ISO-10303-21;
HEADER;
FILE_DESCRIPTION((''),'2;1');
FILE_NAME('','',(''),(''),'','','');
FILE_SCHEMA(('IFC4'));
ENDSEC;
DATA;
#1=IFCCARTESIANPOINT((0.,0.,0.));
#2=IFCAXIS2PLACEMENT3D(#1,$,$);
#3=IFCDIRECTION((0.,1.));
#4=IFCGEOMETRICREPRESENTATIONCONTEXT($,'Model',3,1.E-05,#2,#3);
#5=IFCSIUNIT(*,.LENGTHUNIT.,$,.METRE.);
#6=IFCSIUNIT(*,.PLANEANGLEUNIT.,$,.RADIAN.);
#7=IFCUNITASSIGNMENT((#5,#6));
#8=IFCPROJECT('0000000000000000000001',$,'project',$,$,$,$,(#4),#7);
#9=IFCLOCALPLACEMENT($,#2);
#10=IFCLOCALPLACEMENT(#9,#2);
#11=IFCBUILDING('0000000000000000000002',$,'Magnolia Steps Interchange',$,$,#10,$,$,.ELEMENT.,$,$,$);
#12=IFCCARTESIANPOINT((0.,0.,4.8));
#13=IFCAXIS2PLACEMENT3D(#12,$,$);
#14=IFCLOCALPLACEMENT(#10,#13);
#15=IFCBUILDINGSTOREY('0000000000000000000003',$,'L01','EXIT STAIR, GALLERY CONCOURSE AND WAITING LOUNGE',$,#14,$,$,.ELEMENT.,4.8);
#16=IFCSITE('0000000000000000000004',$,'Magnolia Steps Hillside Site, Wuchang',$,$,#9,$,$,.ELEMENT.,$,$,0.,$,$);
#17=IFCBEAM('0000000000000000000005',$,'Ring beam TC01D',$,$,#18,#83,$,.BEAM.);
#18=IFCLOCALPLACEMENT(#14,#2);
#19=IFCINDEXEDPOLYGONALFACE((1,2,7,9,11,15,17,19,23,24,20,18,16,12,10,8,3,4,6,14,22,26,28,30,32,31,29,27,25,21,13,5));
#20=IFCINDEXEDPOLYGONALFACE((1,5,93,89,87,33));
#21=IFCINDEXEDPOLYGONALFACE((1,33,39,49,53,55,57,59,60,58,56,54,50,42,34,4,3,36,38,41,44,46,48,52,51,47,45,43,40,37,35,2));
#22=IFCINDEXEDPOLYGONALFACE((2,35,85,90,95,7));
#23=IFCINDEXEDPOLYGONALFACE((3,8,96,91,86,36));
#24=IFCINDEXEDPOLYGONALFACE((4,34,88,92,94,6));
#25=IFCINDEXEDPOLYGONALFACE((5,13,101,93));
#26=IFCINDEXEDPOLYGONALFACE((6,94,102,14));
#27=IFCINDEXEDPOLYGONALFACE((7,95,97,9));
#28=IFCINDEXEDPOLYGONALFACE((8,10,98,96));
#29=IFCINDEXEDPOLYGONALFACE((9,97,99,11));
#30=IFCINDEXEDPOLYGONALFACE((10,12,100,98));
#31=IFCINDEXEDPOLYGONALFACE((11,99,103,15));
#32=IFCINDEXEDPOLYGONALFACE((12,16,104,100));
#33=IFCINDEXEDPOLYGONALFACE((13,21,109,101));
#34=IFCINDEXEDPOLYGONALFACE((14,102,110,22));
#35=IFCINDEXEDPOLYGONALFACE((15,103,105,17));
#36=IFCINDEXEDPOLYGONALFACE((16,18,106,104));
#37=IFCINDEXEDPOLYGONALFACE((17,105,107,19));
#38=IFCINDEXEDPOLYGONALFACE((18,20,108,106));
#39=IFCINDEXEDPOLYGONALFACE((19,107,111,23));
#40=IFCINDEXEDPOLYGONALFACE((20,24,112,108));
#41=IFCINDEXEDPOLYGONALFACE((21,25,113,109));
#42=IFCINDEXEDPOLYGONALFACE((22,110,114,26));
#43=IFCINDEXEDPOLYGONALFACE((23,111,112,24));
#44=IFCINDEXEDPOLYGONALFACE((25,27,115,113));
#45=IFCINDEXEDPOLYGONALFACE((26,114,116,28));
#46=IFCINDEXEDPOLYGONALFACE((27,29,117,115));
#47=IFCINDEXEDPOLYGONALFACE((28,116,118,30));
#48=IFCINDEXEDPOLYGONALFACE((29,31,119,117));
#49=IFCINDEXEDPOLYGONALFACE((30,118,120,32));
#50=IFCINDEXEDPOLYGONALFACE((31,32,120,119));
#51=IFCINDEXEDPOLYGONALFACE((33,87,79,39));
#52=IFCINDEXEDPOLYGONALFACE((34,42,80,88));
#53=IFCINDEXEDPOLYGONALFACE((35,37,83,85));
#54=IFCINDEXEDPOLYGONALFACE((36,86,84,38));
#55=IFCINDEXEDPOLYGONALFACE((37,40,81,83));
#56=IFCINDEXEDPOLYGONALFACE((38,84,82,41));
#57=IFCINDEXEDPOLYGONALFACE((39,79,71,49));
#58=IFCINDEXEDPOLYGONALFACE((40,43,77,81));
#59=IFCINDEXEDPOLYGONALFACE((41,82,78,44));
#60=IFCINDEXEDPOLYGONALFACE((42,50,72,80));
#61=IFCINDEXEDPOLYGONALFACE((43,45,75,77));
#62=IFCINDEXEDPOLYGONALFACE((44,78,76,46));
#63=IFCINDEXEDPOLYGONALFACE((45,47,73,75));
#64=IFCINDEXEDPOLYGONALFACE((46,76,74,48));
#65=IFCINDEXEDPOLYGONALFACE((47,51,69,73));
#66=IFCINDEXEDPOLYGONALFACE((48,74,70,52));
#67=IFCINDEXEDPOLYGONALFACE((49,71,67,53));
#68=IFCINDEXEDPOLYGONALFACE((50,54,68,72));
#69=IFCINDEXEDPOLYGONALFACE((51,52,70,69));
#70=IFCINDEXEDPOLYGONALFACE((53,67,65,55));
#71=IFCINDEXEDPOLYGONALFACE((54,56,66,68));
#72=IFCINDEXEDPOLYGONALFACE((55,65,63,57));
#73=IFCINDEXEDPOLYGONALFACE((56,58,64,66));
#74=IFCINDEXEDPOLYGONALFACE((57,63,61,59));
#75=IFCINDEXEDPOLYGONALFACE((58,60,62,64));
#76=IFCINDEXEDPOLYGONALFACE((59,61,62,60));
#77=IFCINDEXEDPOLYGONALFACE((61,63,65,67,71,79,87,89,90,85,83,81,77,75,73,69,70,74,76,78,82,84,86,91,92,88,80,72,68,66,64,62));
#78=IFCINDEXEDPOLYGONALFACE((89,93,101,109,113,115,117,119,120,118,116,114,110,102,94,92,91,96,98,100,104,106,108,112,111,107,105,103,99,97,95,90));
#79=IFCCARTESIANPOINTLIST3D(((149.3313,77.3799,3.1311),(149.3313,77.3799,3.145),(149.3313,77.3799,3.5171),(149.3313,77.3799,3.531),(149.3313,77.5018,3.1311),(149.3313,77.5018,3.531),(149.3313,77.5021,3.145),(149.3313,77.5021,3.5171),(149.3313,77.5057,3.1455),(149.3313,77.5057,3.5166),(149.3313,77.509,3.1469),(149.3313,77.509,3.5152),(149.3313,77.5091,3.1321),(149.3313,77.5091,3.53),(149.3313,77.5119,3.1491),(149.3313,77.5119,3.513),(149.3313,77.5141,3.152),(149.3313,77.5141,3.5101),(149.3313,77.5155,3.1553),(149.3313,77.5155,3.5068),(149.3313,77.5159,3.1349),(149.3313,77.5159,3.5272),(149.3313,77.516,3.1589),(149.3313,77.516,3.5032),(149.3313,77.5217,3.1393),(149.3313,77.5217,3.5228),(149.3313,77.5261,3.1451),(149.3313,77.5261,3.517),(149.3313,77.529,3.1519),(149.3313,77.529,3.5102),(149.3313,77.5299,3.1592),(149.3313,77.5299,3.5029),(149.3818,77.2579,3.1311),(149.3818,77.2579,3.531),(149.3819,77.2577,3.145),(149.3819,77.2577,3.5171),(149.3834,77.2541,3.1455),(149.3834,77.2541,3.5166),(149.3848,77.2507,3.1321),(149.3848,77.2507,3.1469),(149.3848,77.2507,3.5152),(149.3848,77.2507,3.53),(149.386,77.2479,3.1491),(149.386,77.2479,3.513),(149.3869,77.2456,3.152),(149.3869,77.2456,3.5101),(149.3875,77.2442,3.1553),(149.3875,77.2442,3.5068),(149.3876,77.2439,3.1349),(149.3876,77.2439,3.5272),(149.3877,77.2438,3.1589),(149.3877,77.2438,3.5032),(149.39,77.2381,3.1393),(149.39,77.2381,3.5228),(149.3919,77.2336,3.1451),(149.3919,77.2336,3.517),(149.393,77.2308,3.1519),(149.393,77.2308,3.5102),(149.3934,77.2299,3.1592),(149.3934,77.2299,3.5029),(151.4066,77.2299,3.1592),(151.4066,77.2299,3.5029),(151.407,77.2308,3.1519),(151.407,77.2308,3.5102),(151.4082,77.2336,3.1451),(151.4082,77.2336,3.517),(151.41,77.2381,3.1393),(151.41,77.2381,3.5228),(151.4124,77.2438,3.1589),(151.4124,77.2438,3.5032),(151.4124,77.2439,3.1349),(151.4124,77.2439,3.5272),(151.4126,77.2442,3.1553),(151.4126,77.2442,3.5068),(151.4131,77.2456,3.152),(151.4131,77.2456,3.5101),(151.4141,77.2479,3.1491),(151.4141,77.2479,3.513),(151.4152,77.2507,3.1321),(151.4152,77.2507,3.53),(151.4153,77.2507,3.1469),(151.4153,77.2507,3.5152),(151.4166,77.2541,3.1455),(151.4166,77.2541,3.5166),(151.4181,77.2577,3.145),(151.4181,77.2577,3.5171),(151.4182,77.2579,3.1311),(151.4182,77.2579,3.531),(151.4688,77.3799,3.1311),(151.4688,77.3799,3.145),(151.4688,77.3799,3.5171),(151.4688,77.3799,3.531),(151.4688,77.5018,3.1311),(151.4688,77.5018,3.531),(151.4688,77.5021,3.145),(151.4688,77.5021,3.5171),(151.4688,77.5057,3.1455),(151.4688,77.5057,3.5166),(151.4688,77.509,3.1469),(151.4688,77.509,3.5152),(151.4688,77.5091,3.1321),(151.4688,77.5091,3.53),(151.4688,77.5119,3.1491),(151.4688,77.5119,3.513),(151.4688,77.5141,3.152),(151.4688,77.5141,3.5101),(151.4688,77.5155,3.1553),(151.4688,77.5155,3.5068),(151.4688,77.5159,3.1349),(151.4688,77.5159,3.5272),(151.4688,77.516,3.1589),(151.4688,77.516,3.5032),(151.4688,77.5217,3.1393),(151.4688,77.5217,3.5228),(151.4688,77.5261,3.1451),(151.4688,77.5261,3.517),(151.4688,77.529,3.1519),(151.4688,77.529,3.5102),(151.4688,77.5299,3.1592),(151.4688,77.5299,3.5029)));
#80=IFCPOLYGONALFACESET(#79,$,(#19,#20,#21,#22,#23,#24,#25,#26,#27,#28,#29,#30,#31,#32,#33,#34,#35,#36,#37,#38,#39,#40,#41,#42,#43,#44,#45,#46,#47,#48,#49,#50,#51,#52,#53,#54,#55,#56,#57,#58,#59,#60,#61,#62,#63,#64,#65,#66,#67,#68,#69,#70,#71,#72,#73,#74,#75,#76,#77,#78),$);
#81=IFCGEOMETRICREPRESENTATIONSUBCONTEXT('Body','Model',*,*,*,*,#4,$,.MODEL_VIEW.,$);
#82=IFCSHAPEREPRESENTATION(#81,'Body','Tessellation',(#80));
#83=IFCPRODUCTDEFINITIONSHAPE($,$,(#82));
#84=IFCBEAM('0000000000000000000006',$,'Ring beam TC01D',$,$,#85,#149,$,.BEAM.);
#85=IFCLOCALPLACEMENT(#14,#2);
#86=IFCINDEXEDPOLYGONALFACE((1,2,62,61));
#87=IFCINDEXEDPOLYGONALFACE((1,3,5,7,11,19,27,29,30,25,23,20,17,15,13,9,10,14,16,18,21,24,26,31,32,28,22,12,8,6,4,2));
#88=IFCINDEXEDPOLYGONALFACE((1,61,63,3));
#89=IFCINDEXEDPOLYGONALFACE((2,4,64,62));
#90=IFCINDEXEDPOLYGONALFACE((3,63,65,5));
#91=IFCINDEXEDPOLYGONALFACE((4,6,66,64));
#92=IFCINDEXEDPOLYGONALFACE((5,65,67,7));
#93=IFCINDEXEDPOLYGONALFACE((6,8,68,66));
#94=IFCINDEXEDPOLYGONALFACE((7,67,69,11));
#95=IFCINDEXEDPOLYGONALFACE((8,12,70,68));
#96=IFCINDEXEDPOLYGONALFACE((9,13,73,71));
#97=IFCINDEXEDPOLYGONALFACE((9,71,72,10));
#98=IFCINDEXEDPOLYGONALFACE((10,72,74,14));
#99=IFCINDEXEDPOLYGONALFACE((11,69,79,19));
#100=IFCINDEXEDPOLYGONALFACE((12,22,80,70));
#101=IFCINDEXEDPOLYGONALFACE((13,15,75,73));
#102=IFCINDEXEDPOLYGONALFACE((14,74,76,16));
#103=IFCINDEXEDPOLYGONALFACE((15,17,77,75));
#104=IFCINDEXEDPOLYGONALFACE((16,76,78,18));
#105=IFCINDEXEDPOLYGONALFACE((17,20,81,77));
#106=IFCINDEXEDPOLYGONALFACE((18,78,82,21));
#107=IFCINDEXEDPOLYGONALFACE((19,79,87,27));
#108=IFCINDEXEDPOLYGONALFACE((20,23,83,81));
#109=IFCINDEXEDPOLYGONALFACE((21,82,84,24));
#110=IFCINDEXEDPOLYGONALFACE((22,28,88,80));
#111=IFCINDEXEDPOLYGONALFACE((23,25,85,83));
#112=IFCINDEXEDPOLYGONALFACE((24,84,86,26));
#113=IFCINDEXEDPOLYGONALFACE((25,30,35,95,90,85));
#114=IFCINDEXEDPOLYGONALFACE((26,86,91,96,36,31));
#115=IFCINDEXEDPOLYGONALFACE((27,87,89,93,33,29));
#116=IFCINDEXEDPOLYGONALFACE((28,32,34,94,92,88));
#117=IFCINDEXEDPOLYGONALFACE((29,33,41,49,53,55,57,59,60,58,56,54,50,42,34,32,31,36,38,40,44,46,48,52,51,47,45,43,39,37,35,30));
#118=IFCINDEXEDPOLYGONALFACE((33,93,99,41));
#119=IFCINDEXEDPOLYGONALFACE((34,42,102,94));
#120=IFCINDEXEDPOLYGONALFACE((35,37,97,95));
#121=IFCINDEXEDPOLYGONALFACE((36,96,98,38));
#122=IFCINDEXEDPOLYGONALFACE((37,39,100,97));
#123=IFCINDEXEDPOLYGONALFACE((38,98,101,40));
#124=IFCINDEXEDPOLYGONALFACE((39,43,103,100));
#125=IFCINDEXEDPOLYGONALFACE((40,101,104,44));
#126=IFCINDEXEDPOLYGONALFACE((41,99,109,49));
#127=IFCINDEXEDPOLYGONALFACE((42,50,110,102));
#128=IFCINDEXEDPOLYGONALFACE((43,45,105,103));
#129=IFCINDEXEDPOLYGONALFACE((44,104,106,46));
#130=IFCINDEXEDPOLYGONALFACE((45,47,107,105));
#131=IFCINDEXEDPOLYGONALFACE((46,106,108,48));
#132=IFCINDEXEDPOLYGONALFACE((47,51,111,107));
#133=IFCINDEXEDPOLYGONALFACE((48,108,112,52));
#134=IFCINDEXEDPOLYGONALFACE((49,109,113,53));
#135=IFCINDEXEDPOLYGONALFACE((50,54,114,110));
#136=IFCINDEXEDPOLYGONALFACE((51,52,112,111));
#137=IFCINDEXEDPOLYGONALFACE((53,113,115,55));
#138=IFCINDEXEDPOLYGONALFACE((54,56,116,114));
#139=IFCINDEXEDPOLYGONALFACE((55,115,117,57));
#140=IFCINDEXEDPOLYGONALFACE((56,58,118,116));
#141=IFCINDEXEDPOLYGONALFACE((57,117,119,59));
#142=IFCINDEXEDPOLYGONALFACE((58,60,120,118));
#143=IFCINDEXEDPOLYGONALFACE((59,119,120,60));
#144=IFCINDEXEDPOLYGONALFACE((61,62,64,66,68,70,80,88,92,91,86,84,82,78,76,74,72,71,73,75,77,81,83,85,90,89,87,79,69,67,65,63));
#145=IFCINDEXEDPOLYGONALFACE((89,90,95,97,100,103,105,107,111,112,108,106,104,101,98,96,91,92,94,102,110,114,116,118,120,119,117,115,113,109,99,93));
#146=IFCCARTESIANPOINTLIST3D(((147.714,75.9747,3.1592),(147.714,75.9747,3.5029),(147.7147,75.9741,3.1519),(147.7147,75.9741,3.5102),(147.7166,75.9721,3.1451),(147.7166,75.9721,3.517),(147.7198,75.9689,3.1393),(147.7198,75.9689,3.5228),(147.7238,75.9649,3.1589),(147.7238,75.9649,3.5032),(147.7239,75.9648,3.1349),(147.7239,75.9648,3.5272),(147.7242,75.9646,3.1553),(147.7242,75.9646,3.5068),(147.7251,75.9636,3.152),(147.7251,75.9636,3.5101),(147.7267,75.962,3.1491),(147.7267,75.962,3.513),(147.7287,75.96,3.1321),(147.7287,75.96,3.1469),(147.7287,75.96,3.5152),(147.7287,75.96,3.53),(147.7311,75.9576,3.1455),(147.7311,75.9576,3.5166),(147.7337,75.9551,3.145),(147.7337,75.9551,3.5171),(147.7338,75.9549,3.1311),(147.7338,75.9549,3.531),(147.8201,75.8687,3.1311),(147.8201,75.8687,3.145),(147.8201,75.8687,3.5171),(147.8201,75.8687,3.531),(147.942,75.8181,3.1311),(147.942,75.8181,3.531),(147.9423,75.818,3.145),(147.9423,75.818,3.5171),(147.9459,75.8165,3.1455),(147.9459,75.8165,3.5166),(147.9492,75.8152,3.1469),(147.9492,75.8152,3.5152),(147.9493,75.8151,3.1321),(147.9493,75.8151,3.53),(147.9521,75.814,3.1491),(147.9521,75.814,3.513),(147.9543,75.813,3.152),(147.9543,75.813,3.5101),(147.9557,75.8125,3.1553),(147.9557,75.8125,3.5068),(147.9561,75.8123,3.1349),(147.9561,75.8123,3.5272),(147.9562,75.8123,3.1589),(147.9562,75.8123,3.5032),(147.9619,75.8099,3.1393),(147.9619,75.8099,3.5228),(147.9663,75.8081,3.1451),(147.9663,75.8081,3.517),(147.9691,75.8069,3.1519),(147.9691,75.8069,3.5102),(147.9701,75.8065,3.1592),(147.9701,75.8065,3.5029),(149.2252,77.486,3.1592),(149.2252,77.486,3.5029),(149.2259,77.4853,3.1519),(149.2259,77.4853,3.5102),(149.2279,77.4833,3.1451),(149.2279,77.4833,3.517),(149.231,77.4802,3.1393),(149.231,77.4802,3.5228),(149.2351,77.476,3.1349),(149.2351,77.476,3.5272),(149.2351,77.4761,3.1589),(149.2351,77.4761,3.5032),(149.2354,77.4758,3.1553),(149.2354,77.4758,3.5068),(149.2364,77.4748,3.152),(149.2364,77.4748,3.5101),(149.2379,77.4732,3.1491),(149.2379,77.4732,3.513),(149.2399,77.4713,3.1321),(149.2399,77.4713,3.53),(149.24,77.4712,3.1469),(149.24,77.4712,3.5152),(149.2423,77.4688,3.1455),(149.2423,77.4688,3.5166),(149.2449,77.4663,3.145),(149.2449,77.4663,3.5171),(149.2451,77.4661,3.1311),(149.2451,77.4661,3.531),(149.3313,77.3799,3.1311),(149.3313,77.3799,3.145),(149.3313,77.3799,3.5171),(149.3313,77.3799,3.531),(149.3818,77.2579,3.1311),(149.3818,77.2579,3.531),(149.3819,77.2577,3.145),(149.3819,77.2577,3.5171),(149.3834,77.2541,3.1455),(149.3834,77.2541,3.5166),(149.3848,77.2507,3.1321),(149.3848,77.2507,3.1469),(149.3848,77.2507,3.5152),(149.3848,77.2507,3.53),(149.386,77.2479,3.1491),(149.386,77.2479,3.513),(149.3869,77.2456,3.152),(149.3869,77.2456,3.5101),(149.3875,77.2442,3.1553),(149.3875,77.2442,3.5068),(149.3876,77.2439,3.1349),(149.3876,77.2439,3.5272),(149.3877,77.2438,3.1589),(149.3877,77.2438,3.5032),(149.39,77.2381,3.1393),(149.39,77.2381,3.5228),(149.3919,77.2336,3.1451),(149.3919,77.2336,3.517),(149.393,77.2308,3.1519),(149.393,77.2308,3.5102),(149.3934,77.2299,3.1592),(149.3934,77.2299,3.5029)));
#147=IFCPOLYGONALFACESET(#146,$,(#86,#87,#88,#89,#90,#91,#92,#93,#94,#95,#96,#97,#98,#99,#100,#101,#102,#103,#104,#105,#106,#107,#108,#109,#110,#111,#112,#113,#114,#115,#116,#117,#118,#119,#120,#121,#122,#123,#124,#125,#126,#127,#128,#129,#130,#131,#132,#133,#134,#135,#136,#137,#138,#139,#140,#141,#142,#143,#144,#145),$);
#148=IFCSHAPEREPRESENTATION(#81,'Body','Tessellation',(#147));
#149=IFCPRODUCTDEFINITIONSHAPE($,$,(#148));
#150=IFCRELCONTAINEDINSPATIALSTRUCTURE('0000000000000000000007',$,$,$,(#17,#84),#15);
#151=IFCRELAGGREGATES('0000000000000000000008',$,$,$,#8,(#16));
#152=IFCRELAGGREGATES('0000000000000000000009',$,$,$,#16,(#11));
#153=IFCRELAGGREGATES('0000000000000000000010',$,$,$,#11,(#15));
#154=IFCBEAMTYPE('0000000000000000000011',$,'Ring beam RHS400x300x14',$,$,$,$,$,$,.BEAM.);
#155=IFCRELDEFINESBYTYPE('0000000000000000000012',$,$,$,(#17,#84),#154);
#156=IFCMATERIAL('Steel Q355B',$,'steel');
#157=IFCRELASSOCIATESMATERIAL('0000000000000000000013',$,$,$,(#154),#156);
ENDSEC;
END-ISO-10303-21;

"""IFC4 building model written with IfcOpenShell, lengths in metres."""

from ifc_helpers import new_model, si_unit, direction, frame, origin, origin_2d, place, context, subcontext, project, spatial, hollow_rectangle, extrude, clip, halfspace, material, material_profile, profile_set, type_object, element, save


model = new_model("IFC4")

# Units and contexts
model_context = context("Model", 3, precision=1e-05, world=origin(), true_north=direction((0.0, 1.0)))
body_context = subcontext(model_context, "Body", "Model", "MODEL_VIEW")
ifc_project = project(units=[si_unit("LENGTHUNIT", "METRE"), si_unit("PLANEANGLEUNIT", "RADIAN")], contexts=[model_context])

# Site, building, storey
site_placement = place(None, origin())
site = spatial("IfcSite", under=ifc_project, at=site_placement, Name="Magnolia Steps Hillside Site, Wuchang", CompositionType="ELEMENT", RefElevation=0.0)
building_placement = place(site_placement, origin())
building = spatial("IfcBuilding", under=site, at=building_placement, Name="Magnolia Steps Interchange", CompositionType="ELEMENT")
storey_placement = place(building_placement, frame((0.0, 0.0, 4.8)))
storey = spatial("IfcBuildingStorey", under=building, at=storey_placement, Name="L01", Description="EXIT STAIR, GALLERY CONCOURSE AND WAITING LOUNGE", CompositionType="ELEMENT", Elevation=4.8)

# Beams
ifc_material_1 = material(Name="Steel Q355B", Category="steel")
ifc_material_profile_1 = material_profile(ifc_material_1, hollow_rectangle(XDim=0.3, YDim=0.3999, WallThickness=0.0139, InnerFilletRadius=0.0139, OuterFilletRadius=0.0281, at=origin_2d()), Name="RHS400x300x14")
ifc_profile_set_1 = profile_set([ifc_material_profile_1], Name="Steel Q355B")
beam_type_1 = type_object("IfcBeamType", Name="Ring beam RHS400x300x14", PredefinedType="BEAM", material=ifc_profile_set_1)
beam_1_placement = place(storey_placement, frame((151.4688, 77.3799, 3.3311), z_axis=(-1.0, 0.0, 0.0), x_axis=(0.0, -1.0, 0.0)))
element("IfcBeam", 1, at=beam_1_placement, inside=storey, type_object=beam_type_1, Name="Ring beam TC01D", PredefinedType="BEAM", context=body_context, shape_type="Clipping", body=[
    clip(clip(extrude(hollow_rectangle(XDim=0.3, YDim=0.3999, WallThickness=0.0139, InnerFilletRadius=0.0139, OuterFilletRadius=0.0281, at=origin_2d()), origin(), (0.0, 0.0, 1.0), 2.1375), halfspace(frame((0.0, 0.0, 0.0), z_axis=(0.382683, 0.0, -0.92388), x_axis=(0.92388, 0.0, 0.382683)), False)), halfspace(frame((0.0, 0.0, 2.1375), z_axis=(0.382683, 0.0, 0.92388), x_axis=(0.92388, 0.0, -0.382683)), False)),
])
beam_2_placement = place(storey_placement, frame((149.3313, 77.3799, 3.3311), z_axis=(-0.707107, -0.707107, 0.0), x_axis=(0.707107, -0.707107, 0.0)))
element("IfcBeam", 2, at=beam_2_placement, inside=storey, type_object=beam_type_1, Name="Ring beam TC01D", PredefinedType="BEAM", context=body_context, shape_type="Clipping", body=[
    clip(clip(extrude(hollow_rectangle(XDim=0.3, YDim=0.3999, WallThickness=0.0139, InnerFilletRadius=0.0139, OuterFilletRadius=0.0281, at=origin_2d()), origin(), (0.0, 0.0, 1.0), 2.1372), halfspace(frame((0.0, 0.0, 0.0), z_axis=(0.382683, 0.0, -0.92388), x_axis=(0.92388, 0.0, 0.382683)), False)), halfspace(frame((0.0, 0.0, 2.1372), z_axis=(0.382683, 0.0, 0.92388), x_axis=(0.92388, 0.0, -0.382683)), False)),
])

save(model, "model.ifc")
